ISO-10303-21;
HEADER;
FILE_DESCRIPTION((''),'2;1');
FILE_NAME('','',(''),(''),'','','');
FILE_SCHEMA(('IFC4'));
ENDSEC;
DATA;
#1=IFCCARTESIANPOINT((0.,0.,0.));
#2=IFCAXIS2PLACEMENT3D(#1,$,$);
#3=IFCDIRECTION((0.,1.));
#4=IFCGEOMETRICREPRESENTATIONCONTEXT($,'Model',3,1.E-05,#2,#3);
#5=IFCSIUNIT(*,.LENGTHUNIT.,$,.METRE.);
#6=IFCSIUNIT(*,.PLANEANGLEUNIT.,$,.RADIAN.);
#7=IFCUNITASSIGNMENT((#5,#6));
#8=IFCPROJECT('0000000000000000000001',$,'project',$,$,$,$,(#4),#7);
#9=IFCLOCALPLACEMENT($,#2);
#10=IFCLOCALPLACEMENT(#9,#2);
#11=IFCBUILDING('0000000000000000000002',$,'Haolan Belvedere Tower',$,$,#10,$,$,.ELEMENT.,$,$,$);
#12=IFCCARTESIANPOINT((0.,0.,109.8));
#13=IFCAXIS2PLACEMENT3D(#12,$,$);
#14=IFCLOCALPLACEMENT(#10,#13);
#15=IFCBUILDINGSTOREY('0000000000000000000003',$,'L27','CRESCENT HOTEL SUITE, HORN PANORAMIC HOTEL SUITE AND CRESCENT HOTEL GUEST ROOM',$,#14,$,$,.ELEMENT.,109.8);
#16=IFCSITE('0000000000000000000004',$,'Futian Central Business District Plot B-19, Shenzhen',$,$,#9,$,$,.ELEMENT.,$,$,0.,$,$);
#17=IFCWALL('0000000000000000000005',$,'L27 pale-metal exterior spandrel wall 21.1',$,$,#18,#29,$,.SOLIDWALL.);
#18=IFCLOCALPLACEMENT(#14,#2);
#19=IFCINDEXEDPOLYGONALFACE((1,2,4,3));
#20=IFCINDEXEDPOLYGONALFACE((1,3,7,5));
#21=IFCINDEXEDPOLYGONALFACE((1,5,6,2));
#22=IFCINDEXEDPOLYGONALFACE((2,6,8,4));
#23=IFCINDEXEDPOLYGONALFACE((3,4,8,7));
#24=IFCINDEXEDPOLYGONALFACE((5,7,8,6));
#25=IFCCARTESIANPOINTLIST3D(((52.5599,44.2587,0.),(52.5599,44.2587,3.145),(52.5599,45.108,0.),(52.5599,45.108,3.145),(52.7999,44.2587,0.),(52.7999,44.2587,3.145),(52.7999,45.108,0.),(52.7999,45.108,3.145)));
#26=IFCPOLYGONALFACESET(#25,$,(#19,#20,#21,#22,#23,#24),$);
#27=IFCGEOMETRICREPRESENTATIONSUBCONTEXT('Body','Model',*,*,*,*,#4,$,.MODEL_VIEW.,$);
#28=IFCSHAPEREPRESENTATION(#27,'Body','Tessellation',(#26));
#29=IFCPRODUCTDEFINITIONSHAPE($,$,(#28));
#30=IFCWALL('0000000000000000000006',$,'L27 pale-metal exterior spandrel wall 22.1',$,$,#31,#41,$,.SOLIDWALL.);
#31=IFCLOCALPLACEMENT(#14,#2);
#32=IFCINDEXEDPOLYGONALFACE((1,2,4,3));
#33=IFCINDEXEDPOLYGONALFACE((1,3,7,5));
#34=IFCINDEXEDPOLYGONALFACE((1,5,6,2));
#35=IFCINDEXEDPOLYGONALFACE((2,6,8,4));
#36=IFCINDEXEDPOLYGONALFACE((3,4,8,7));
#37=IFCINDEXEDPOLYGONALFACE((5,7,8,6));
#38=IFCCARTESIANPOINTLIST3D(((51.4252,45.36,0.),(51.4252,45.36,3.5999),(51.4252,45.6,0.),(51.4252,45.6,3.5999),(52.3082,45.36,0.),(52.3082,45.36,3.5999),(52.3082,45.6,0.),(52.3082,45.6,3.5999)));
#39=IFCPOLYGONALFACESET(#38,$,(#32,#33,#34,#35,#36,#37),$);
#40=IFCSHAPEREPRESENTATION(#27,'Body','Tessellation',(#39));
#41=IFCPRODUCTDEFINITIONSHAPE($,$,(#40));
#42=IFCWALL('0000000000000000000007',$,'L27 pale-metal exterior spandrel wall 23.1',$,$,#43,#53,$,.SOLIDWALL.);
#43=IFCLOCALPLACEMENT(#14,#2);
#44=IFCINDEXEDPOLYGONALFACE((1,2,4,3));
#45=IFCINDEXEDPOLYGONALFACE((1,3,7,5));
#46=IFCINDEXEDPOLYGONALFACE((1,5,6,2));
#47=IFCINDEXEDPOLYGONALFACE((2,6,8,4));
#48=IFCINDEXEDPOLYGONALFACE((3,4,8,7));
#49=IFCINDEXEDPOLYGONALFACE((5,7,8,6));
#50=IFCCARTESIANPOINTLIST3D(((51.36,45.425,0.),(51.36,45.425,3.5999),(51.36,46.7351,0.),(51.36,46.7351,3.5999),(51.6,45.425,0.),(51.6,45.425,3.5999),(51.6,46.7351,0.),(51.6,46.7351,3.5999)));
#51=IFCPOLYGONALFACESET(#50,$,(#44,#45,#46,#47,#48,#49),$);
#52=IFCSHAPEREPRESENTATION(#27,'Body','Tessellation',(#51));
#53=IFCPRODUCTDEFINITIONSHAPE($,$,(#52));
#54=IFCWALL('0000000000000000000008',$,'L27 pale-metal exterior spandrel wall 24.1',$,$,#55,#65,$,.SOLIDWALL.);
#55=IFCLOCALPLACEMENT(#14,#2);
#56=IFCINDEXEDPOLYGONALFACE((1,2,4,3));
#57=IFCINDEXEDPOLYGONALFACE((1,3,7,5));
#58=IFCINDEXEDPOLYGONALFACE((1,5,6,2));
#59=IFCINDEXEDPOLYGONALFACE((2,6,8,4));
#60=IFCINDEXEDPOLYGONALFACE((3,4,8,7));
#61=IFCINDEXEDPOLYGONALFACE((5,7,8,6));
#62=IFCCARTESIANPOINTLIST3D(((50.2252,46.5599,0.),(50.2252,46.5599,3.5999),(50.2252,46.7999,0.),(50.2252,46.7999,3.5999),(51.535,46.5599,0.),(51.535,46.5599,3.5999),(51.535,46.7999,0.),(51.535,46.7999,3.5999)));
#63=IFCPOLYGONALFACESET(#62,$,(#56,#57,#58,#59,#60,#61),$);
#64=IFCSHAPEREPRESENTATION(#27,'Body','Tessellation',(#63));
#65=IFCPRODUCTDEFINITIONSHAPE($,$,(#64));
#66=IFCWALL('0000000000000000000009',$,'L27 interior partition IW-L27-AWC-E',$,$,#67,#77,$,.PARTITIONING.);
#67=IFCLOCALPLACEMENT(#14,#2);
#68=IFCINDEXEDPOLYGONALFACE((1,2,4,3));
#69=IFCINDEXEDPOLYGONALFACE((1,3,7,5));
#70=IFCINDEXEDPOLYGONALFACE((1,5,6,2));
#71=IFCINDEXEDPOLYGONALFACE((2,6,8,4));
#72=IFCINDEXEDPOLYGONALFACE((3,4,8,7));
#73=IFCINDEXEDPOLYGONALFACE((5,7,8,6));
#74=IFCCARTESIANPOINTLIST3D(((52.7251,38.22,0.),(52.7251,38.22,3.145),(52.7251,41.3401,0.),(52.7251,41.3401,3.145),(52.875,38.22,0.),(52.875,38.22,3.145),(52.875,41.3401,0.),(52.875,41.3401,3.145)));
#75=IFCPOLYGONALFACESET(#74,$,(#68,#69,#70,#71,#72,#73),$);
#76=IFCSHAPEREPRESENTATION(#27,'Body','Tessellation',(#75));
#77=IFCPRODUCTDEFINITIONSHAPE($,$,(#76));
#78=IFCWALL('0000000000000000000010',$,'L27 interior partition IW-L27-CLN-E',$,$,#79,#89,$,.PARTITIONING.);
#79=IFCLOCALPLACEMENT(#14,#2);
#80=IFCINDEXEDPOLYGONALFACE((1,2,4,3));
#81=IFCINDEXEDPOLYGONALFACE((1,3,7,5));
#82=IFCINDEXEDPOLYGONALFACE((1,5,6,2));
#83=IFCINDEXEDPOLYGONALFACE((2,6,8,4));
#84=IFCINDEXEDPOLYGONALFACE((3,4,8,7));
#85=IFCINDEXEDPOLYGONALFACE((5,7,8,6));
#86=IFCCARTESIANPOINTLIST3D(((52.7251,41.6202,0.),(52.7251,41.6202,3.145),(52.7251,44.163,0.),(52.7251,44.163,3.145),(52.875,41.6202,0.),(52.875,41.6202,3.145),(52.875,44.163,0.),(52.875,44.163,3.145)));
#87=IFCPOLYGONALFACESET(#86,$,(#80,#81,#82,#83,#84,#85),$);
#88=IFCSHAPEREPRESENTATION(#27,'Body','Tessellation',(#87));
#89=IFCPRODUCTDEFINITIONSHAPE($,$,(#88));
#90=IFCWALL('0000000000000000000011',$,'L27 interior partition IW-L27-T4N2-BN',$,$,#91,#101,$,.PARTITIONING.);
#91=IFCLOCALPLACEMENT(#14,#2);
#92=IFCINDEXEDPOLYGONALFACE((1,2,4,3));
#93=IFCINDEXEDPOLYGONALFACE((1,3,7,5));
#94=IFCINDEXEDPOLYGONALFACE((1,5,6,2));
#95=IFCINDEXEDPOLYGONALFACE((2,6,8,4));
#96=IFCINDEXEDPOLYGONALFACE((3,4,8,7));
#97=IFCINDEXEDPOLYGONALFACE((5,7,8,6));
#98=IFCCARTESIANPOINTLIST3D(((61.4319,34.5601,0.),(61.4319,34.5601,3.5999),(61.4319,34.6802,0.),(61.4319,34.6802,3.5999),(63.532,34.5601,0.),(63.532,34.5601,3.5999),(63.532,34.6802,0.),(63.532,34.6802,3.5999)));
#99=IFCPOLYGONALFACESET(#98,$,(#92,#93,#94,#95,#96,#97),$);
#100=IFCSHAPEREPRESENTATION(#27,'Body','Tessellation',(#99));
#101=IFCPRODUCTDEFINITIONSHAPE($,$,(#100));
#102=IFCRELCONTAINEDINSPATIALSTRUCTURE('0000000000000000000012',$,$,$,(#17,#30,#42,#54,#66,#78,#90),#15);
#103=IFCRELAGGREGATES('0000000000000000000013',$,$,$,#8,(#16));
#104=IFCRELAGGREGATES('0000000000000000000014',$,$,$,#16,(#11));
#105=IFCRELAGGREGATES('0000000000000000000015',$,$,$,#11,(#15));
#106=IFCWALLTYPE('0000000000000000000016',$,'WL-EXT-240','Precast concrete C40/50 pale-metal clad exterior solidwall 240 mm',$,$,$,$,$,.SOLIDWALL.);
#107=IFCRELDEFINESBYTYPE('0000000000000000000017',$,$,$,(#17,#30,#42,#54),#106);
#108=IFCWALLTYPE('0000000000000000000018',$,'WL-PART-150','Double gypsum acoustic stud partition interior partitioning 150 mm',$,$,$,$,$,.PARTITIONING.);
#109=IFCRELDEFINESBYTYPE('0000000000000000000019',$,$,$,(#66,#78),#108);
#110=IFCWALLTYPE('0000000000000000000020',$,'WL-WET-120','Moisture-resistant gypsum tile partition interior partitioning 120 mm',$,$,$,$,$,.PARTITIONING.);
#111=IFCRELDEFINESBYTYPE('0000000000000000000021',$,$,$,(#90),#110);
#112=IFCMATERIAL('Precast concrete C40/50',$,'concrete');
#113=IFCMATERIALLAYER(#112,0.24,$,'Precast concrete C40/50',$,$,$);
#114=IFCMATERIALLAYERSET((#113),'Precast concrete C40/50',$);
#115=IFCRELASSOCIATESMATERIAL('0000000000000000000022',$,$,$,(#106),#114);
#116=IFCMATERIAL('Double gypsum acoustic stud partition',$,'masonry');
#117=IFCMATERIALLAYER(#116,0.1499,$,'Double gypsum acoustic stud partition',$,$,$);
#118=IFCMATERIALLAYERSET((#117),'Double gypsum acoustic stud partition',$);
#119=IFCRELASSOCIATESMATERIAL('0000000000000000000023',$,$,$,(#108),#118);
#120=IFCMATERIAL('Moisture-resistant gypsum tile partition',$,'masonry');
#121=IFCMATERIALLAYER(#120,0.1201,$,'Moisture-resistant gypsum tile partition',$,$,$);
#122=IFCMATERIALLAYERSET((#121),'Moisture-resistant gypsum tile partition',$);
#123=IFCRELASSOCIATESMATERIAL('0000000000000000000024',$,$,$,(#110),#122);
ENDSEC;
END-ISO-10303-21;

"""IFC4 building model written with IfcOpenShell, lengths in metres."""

from ifc_helpers import new_model, si_unit, direction, frame, frame_2d, origin, place, context, subcontext, project, spatial, rectangle, extrude, material, layer, layer_set, type_object, element, save


model = new_model("IFC4")

# Units and contexts
model_context = context("Model", 3, precision=1e-05, world=origin(), true_north=direction((0.0, 1.0)))
body_context = subcontext(model_context, "Body", "Model", "MODEL_VIEW")
ifc_project = project(units=[si_unit("LENGTHUNIT", "METRE"), si_unit("PLANEANGLEUNIT", "RADIAN")], contexts=[model_context])

# Site, building, storey
site_placement = place(None, origin())
site = spatial("IfcSite", under=ifc_project, at=site_placement, Name="Futian Central Business District Plot B-19, Shenzhen", CompositionType="ELEMENT", RefElevation=0.0)
building_placement = place(site_placement, origin())
building = spatial("IfcBuilding", under=site, at=building_placement, Name="Haolan Belvedere Tower", CompositionType="ELEMENT")
storey_placement = place(building_placement, frame((0.0, 0.0, 109.8)))
storey = spatial("IfcBuildingStorey", under=building, at=storey_placement, Name="L27", Description="CRESCENT HOTEL SUITE, HORN PANORAMIC HOTEL SUITE AND CRESCENT HOTEL GUEST ROOM", CompositionType="ELEMENT", Elevation=109.8)

# Shared definitions
ifc_material_1 = material(Name="Precast concrete C40/50", Category="concrete")
ifc_layer_1 = layer(ifc_material_1, 0.24, Name="Precast concrete C40/50")
ifc_layer_set_1 = layer_set([ifc_layer_1], Name="Precast concrete C40/50")
wall_type_1 = type_object("IfcWallType", Name="WL-EXT-240", Description="Precast concrete C40/50 pale-metal clad exterior solidwall 240 mm", PredefinedType="SOLIDWALL", material=ifc_layer_set_1)

# Walls
wall_1_placement = place(storey_placement, frame((52.6799, 44.2585, 0.0), z_axis=(0.0, 0.0, 1.0), x_axis=(0.0, 1.0, 0.0)))
element("IfcWall", 1, at=wall_1_placement, inside=storey, type_object=wall_type_1, Name="L27 pale-metal exterior spandrel wall 21.1", PredefinedType="SOLIDWALL", context=body_context, shape_type="SweptSolid", body=[
    extrude(rectangle(XDim=0.8494, YDim=0.24, at=frame_2d((0.4248, 0.0))), origin(), (0.0, 0.0, 1.0), 3.145),
])
wall_2_placement = place(storey_placement, frame((52.3081, 45.48, 0.0), z_axis=(0.0, 0.0, 1.0), x_axis=(-1.0, 0.0, 0.0)))
element("IfcWall", 2, at=wall_2_placement, inside=storey, type_object=wall_type_1, Name="L27 pale-metal exterior spandrel wall 22.1", PredefinedType="SOLIDWALL", context=body_context, shape_type="SweptSolid", body=[
    extrude(rectangle(XDim=0.8831, YDim=0.24, at=frame_2d((0.4414, 0.0))), origin(), (0.0, 0.0, 1.0), 3.5999),
])
wall_3_placement = place(storey_placement, frame((51.48, 45.425, 0.0), z_axis=(0.0, 0.0, 1.0), x_axis=(0.0, 1.0, 0.0)))
element("IfcWall", 3, at=wall_3_placement, inside=storey, type_object=wall_type_1, Name="L27 pale-metal exterior spandrel wall 23.1", PredefinedType="SOLIDWALL", context=body_context, shape_type="SweptSolid", body=[
    extrude(rectangle(XDim=1.3101, YDim=0.24, at=frame_2d((0.655, 0.0))), origin(), (0.0, 0.0, 1.0), 3.5999),
])
wall_4_placement = place(storey_placement, frame((51.5349, 46.6799, 0.0), z_axis=(0.0, 0.0, 1.0), x_axis=(-1.0, 0.0, 0.0)))
element("IfcWall", 4, at=wall_4_placement, inside=storey, type_object=wall_type_1, Name="L27 pale-metal exterior spandrel wall 24.1", PredefinedType="SOLIDWALL", context=body_context, shape_type="SweptSolid", body=[
    extrude(rectangle(XDim=1.3098, YDim=0.24, at=frame_2d((0.6548, 0.0))), origin(), (0.0, 0.0, 1.0), 3.5999),
])
ifc_material_2 = material(Name="Double gypsum acoustic stud partition", Category="masonry")
ifc_layer_2 = layer(ifc_material_2, 0.1499, Name="Double gypsum acoustic stud partition")
ifc_layer_set_2 = layer_set([ifc_layer_2], Name="Double gypsum acoustic stud partition")
wall_type_2 = type_object("IfcWallType", Name="WL-PART-150", Description="Double gypsum acoustic stud partition interior partitioning 150 mm", PredefinedType="PARTITIONING", material=ifc_layer_set_2)
wall_5_placement = place(storey_placement, frame((52.8, 38.22, 0.0), z_axis=(0.0, 0.0, 1.0), x_axis=(0.0, 1.0, 0.0)))
element("IfcWall", 5, at=wall_5_placement, inside=storey, type_object=wall_type_2, Name="L27 interior partition IW-L27-AWC-E", PredefinedType="PARTITIONING", context=body_context, shape_type="SweptSolid", body=[
    extrude(rectangle(XDim=3.1201, YDim=0.1499, at=frame_2d((1.5601, 0.0))), origin(), (0.0, 0.0, 1.0), 3.145),
])
wall_6_placement = place(storey_placement, frame((52.8, 41.6201, 0.0), z_axis=(0.0, 0.0, 1.0), x_axis=(0.0, 1.0, 0.0)))
element("IfcWall", 6, at=wall_6_placement, inside=storey, type_object=wall_type_2, Name="L27 interior partition IW-L27-CLN-E", PredefinedType="PARTITIONING", context=body_context, shape_type="SweptSolid", body=[
    extrude(rectangle(XDim=2.5427, YDim=0.1499, at=frame_2d((1.2715, 0.0))), origin(), (0.0, 0.0, 1.0), 3.145),
])
ifc_material_3 = material(Name="Moisture-resistant gypsum tile partition", Category="masonry")
ifc_layer_3 = layer(ifc_material_3, 0.1201, Name="Moisture-resistant gypsum tile partition")
ifc_layer_set_3 = layer_set([ifc_layer_3], Name="Moisture-resistant gypsum tile partition")
wall_type_3 = type_object("IfcWallType", Name="WL-WET-120", Description="Moisture-resistant gypsum tile partition interior partitioning 120 mm", PredefinedType="PARTITIONING", material=ifc_layer_set_3)
wall_7_placement = place(storey_placement, frame((61.4319, 34.6201, 0.0), z_axis=(0.0, 0.0, 1.0), x_axis=(1.0, 0.0, 0.0)))
element("IfcWall", 7, at=wall_7_placement, inside=storey, type_object=wall_type_3, Name="L27 interior partition IW-L27-T4N2-BN", PredefinedType="PARTITIONING", context=body_context, shape_type="SweptSolid", body=[
    extrude(rectangle(XDim=2.1001, YDim=0.1201, at=frame_2d((1.05, 0.0))), origin(), (0.0, 0.0, 1.0), 3.5999),
])

save(model, "model.ifc")
